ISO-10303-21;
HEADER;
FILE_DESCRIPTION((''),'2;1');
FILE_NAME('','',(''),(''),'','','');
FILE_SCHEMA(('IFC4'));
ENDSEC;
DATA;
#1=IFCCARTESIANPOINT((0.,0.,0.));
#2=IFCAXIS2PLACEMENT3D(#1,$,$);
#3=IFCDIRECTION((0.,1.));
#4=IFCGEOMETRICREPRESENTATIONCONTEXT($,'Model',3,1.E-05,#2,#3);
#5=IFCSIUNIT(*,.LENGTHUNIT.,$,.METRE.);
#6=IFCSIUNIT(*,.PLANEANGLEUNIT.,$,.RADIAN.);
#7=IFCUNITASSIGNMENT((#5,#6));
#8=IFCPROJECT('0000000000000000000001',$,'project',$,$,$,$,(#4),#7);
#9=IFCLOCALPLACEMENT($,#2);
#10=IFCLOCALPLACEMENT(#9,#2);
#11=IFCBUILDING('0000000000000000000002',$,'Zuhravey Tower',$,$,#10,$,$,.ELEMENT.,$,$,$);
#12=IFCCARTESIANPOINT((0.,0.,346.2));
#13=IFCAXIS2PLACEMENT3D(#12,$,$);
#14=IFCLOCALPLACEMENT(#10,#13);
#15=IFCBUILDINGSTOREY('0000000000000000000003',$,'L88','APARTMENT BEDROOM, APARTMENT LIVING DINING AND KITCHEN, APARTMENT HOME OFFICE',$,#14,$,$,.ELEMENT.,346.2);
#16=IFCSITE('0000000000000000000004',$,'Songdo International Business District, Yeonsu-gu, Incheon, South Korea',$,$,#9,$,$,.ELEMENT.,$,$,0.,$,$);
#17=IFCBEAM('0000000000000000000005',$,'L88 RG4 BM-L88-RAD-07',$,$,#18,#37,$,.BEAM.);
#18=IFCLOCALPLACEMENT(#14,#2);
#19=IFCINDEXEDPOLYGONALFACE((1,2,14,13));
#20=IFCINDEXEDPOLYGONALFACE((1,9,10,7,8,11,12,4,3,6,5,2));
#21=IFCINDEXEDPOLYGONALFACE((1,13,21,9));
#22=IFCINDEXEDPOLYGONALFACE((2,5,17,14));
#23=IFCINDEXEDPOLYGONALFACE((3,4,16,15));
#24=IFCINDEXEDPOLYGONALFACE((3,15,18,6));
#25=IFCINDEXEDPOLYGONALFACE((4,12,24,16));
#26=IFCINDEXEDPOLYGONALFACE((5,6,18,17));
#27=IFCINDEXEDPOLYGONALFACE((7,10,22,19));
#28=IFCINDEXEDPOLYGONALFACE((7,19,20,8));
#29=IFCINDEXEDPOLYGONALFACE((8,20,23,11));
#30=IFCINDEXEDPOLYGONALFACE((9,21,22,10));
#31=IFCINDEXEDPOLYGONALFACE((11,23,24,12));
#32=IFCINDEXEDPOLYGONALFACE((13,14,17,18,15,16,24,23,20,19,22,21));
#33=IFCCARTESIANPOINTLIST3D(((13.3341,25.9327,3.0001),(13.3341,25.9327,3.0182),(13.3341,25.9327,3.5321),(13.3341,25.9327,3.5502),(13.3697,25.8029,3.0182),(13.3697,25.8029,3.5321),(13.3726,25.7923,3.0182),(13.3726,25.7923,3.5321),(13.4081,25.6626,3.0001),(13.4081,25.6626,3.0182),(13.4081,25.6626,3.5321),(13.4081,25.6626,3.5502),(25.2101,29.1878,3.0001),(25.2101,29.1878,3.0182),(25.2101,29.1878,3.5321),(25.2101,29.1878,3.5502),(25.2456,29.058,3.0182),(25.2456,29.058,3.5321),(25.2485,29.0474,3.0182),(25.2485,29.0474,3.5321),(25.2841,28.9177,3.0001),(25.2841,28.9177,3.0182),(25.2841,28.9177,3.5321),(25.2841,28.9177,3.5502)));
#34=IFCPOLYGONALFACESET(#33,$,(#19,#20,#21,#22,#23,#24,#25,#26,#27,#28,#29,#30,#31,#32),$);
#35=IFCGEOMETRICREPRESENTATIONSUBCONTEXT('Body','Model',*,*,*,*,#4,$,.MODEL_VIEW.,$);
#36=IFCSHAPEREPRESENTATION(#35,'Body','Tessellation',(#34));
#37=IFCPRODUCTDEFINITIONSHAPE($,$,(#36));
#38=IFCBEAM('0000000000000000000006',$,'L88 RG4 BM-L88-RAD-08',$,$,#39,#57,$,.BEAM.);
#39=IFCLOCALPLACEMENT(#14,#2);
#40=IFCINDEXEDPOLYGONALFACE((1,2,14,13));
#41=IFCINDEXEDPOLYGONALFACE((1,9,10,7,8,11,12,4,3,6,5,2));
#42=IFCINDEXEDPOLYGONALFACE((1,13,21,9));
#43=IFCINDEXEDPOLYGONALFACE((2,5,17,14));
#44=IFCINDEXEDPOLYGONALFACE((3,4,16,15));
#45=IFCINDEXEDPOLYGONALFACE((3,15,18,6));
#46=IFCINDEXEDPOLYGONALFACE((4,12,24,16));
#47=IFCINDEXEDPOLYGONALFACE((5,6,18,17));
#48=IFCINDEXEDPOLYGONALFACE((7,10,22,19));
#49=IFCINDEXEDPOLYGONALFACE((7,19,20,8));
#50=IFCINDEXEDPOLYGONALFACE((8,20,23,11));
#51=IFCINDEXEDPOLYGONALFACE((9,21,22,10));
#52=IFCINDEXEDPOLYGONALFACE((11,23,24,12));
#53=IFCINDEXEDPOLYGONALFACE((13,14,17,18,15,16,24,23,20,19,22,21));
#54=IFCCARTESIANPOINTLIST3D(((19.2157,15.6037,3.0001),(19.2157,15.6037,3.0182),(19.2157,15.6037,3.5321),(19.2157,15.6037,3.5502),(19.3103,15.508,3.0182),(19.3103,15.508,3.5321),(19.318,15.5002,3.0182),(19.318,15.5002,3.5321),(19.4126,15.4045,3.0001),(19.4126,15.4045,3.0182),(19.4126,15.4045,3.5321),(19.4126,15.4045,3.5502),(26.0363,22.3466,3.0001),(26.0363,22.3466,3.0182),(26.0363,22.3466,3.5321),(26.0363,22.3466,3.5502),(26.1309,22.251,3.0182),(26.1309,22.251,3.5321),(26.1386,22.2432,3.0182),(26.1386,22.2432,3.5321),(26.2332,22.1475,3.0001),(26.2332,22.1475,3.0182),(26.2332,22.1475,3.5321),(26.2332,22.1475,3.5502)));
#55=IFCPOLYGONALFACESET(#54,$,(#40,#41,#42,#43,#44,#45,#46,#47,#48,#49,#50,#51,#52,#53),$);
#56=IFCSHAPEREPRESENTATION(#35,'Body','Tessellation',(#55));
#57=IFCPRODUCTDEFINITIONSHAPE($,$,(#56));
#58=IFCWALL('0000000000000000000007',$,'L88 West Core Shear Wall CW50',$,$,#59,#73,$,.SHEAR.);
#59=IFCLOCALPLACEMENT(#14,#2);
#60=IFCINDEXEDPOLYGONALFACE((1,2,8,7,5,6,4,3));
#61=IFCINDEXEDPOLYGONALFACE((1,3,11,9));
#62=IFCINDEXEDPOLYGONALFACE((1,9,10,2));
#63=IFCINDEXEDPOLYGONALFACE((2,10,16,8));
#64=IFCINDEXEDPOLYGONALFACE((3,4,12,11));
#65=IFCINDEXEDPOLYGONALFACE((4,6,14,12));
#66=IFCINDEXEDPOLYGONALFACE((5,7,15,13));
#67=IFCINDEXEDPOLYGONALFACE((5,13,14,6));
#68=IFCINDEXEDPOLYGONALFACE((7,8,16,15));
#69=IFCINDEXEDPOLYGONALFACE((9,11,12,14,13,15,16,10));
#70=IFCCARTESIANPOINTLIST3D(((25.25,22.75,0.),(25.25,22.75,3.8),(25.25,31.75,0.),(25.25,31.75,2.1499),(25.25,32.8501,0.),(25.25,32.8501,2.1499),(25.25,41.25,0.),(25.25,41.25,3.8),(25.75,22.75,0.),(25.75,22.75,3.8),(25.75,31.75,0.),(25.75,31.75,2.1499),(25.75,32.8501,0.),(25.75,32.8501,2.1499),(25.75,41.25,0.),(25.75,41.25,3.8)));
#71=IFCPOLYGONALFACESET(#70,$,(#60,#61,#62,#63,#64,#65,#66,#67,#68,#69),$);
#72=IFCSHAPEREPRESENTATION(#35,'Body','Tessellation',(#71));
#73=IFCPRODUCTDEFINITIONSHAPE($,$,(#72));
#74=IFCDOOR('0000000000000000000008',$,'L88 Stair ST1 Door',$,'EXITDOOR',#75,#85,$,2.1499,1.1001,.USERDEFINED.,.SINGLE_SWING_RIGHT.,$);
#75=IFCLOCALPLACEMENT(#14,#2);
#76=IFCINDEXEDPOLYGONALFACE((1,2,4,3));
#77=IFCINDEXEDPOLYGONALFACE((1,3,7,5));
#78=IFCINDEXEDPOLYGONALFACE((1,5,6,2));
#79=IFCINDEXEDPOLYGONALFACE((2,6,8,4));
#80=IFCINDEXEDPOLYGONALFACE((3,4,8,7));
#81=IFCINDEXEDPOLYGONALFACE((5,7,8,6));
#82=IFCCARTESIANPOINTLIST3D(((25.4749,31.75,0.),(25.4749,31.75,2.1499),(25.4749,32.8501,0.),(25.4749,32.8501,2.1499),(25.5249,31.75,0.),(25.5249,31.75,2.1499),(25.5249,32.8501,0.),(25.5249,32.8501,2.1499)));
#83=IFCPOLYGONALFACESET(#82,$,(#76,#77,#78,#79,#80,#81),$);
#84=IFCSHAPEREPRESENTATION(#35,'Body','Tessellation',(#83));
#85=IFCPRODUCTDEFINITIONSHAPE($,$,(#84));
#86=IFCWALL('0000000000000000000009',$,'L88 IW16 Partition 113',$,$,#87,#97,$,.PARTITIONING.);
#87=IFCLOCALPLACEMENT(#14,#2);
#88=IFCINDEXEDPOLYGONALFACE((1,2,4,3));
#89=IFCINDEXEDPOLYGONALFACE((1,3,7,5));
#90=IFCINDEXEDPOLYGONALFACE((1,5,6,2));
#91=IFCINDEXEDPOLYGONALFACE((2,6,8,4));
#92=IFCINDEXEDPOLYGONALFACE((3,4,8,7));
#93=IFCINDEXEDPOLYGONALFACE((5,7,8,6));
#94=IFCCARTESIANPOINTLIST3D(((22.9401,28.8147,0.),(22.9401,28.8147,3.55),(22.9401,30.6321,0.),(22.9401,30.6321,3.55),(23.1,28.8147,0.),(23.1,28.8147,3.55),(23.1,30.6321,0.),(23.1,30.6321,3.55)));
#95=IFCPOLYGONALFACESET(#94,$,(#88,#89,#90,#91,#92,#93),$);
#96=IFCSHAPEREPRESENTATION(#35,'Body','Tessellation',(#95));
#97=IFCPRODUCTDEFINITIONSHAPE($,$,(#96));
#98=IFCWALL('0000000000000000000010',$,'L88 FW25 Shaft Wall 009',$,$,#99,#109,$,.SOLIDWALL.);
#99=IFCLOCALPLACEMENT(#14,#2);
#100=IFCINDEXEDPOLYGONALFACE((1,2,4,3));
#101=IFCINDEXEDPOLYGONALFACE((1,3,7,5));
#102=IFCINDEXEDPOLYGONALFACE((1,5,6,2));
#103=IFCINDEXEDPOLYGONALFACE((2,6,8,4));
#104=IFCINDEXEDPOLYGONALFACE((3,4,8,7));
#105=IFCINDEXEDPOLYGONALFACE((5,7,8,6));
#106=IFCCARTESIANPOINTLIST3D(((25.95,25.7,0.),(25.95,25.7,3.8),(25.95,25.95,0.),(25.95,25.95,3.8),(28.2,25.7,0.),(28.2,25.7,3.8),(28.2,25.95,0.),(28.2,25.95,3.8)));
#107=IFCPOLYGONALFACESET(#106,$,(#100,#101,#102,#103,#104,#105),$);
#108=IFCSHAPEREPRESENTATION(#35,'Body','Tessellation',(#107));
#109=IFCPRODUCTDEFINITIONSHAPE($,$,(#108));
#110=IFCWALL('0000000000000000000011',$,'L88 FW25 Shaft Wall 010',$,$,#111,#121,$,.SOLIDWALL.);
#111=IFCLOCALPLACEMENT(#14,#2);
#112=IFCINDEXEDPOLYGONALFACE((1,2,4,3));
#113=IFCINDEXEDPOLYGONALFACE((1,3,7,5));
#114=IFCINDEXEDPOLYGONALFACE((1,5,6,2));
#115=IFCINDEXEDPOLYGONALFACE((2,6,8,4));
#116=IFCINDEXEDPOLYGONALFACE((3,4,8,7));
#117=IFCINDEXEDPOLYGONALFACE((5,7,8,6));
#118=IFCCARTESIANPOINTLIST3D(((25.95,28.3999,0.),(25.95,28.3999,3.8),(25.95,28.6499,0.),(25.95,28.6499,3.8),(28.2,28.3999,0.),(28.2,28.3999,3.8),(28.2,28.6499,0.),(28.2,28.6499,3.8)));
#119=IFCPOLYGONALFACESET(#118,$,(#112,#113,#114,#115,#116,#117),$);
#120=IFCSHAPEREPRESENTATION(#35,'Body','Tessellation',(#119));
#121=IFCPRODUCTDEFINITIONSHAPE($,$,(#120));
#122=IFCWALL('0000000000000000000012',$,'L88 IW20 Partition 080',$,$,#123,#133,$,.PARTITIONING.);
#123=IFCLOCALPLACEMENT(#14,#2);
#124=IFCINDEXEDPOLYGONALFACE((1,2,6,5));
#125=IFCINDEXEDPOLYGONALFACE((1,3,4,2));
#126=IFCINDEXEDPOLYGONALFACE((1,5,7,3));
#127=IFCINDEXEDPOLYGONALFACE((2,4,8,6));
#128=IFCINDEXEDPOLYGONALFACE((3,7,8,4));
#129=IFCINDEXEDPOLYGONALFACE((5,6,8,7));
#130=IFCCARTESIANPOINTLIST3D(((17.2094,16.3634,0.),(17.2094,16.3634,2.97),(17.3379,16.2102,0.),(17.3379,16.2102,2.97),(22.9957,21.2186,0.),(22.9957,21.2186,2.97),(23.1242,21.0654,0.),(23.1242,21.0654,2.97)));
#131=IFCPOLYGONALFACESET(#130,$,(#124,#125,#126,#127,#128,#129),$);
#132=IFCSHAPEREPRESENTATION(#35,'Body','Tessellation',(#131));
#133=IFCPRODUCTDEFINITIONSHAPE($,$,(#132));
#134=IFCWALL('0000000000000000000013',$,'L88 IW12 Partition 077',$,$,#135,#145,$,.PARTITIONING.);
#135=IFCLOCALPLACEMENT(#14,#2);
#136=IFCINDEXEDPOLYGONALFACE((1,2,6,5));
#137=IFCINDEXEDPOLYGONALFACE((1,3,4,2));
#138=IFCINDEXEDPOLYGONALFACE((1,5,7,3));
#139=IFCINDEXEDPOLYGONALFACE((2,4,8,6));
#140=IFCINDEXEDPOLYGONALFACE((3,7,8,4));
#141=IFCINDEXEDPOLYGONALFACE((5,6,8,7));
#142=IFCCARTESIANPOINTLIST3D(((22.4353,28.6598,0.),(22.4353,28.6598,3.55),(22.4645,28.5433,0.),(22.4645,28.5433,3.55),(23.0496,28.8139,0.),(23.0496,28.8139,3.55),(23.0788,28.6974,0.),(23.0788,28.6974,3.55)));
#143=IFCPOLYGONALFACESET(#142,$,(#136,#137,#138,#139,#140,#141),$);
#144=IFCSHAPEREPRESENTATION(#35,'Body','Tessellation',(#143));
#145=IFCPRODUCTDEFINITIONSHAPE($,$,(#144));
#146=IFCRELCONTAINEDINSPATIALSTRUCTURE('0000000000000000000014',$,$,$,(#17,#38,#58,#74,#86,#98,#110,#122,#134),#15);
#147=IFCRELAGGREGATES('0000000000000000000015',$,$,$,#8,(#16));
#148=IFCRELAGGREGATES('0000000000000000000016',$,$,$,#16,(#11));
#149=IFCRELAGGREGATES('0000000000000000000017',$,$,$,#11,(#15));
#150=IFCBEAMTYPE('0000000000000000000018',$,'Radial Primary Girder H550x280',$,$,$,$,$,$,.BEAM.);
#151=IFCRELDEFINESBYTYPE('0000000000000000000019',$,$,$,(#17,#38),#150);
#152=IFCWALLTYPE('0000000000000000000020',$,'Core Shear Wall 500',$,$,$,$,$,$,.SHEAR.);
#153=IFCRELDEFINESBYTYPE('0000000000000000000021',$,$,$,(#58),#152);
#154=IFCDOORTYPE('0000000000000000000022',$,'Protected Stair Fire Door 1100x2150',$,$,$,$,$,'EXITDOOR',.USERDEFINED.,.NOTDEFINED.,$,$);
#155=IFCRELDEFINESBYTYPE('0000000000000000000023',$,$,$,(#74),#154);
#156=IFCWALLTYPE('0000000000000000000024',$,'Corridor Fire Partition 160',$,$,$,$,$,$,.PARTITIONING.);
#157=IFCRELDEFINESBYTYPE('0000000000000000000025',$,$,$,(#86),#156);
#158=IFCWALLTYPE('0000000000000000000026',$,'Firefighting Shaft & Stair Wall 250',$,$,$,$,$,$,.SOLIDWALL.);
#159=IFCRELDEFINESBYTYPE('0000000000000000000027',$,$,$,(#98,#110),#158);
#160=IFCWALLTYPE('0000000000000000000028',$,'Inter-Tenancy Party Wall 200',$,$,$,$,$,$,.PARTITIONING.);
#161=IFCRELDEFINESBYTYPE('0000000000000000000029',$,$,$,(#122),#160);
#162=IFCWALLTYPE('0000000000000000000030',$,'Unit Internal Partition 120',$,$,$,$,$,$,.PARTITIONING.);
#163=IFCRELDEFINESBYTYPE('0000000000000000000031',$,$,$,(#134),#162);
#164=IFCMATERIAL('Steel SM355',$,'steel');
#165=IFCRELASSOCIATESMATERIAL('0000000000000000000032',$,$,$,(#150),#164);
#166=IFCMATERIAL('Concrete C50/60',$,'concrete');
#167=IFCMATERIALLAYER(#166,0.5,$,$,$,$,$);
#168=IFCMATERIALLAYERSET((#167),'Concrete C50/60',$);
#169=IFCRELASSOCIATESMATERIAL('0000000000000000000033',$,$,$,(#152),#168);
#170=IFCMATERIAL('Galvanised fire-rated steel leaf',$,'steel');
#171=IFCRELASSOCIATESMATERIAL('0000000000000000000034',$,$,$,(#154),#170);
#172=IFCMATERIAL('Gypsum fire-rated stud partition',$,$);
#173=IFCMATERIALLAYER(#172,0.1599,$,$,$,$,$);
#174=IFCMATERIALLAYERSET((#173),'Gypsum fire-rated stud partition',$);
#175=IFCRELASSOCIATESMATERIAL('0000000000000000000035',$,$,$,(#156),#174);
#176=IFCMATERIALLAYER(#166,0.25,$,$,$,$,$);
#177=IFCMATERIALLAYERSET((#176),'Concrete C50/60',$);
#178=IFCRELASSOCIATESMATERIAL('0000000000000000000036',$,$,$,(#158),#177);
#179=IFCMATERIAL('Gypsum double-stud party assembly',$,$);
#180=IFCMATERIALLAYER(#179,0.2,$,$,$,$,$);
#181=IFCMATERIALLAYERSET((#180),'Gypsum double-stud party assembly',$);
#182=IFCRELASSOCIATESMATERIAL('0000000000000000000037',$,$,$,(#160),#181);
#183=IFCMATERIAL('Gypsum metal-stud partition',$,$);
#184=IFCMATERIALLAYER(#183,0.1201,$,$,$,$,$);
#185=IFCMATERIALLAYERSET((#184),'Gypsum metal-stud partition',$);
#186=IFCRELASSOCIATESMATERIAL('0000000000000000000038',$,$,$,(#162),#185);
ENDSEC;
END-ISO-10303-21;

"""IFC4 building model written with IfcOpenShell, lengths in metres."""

from ifc_helpers import new_model, si_unit, direction, frame, frame_2d, origin, origin_2d, place, context, subcontext, project, spatial, rectangle, i_section, extrude, material, layer, layer_set, material_profile, profile_set, type_object, element, fill, save


model = new_model("IFC4")

# Units and contexts
model_context = context("Model", 3, precision=1e-05, world=origin(), true_north=direction((0.0, 1.0)))
body_context = subcontext(model_context, "Body", "Model", "MODEL_VIEW")
ifc_project = project(units=[si_unit("LENGTHUNIT", "METRE"), si_unit("PLANEANGLEUNIT", "RADIAN")], contexts=[model_context])

# Site, building, storey
site_placement = place(None, origin())
site = spatial("IfcSite", under=ifc_project, at=site_placement, Name="Songdo International Business District, Yeonsu-gu, Incheon, South Korea", CompositionType="ELEMENT", RefElevation=0.0)
building_placement = place(site_placement, origin())
building = spatial("IfcBuilding", under=site, at=building_placement, Name="Zuhravey Tower", CompositionType="ELEMENT")
storey_placement = place(building_placement, frame((0.0, 0.0, 346.2)))
storey = spatial("IfcBuildingStorey", under=building, at=storey_placement, Name="L88", Description="APARTMENT BEDROOM, APARTMENT LIVING DINING AND KITCHEN, APARTMENT HOME OFFICE", CompositionType="ELEMENT", Elevation=346.2)

# Beams
ifc_material_1 = material(Name="Steel SM355", Category="steel")
ifc_material_profile = material_profile(ifc_material_1, i_section(OverallWidth=0.28, OverallDepth=0.55, WebThickness=0.011, FlangeThickness=0.0181, at=origin_2d()), Name="H-550x280x11x18")
ifc_profile_set = profile_set([ifc_material_profile], Name="Steel SM355")
beam_type = type_object("IfcBeamType", Name="Radial Primary Girder H550x280", PredefinedType="BEAM", material=ifc_profile_set)
beam_1_placement = place(storey_placement, frame((25.2471, 29.0527, 3.2751), z_axis=(-0.964429, -0.264344, 0.0), x_axis=(0.264344, -0.964429, 0.0)))
element("IfcBeam", 1, at=beam_1_placement, inside=storey, type_object=beam_type, Name="L88 RG4 BM-L88-RAD-07", PredefinedType="BEAM", context=body_context, shape_type="SweptSolid", body=[
    extrude(i_section(OverallWidth=0.28, OverallDepth=0.55, WebThickness=0.011, FlangeThickness=0.0181, at=origin_2d()), origin(), (0.0, 0.0, 1.0), 12.314),
])
beam_2_placement = place(storey_placement, frame((26.1348, 22.2471, 3.2751), z_axis=(-0.711143, -0.703048, 0.0), x_axis=(0.703048, -0.711143, 0.0)))
element("IfcBeam", 2, at=beam_2_placement, inside=storey, type_object=beam_type, Name="L88 RG4 BM-L88-RAD-08", PredefinedType="BEAM", context=body_context, shape_type="SweptSolid", body=[
    extrude(i_section(OverallWidth=0.28, OverallDepth=0.55, WebThickness=0.011, FlangeThickness=0.0181, at=origin_2d()), origin(), (0.0, 0.0, 1.0), 9.5911),
])

# Wall, opening, door
ifc_material_2 = material(Name="Concrete C50/60", Category="concrete")
ifc_layer_1 = layer(ifc_material_2, 0.5)
ifc_layer_set_1 = layer_set([ifc_layer_1], Name="Concrete C50/60")
wall_type_1 = type_object("IfcWallType", Name="Core Shear Wall 500", PredefinedType="SHEAR", material=ifc_layer_set_1)
ifc_material_3 = material(Name="Galvanised fire-rated steel leaf", Category="steel")
wall_1_placement = place(storey_placement, frame((25.5, 22.75, 0.0), z_axis=(0.0, 0.0, 1.0), x_axis=(0.0, 1.0, 0.0)))
wall_1 = element("IfcWall", 3, at=wall_1_placement, inside=storey, type_object=wall_type_1, Name="L88 West Core Shear Wall CW50", PredefinedType="SHEAR", context=body_context, shape_type="SweptSolid", body=[
    extrude(rectangle(XDim=18.5, YDim=0.5, at=frame_2d((9.25, 0.0))), origin(), (0.0, 0.0, 1.0), 3.8),
])
opening_1_placement = place(wall_1_placement, frame((9.0, 0.0, 0.0)))
opening_1 = element("IfcOpeningElement", 4, at=opening_1_placement, cuts=wall_1, PredefinedType="OPENING", context=body_context, shape_type="SweptSolid", body=[
    extrude(rectangle(XDim=1.1001, YDim=2.1499, at=frame_2d((0.55, 1.075))), frame((0.0, 0.262, 0.0), z_axis=(0.0, -1.0, 0.0), x_axis=(1.0, 0.0, 0.0)), (0.0, 0.0, 1.0), 0.5239),
])
door_type_1 = type_object("IfcDoorType", Name="Protected Stair Fire Door 1100x2150", ElementType="EXITDOOR", OperationType="NOTDEFINED", PredefinedType="USERDEFINED", material=ifc_material_3)
door_1_placement = place(opening_1_placement, frame((1.1001, 0.0, 0.0), z_axis=(0.0, 0.0, 1.0), x_axis=(-1.0, 0.0, 0.0)))
door_1 = element("IfcDoor", 5, at=door_1_placement, inside=storey, type_object=door_type_1, Name="L88 Stair ST1 Door", ObjectType="EXITDOOR", OperationType="SINGLE_SWING_RIGHT", OverallHeight=2.1499, OverallWidth=1.1001, PredefinedType="USERDEFINED", context=body_context, shape_type="SweptSolid", body=[
    extrude(rectangle(XDim=1.1001, YDim=2.1499, at=frame_2d((0.55, 1.075))), frame((0.0, 0.0249, 0.0), z_axis=(0.0, -1.0, 0.0), x_axis=(1.0, 0.0, 0.0)), (0.0, 0.0, 1.0), 0.05),
])
fill(opening_1, door_1)
ifc_material_4 = material(Name="Gypsum fire-rated stud partition")
ifc_layer_2 = layer(ifc_material_4, 0.1599)
ifc_layer_set_2 = layer_set([ifc_layer_2], Name="Gypsum fire-rated stud partition")
wall_type_2 = type_object("IfcWallType", Name="Corridor Fire Partition 160", PredefinedType="PARTITIONING", material=ifc_layer_set_2)

# Wall
wall_2_placement = place(storey_placement, frame((23.02, 30.6321, 0.0), z_axis=(0.0, 0.0, 1.0), x_axis=(0.0, -1.0, 0.0)))
element("IfcWall", 6, at=wall_2_placement, inside=storey, type_object=wall_type_2, Name="L88 IW16 Partition 113", PredefinedType="PARTITIONING", context=body_context, shape_type="SweptSolid", body=[
    extrude(rectangle(XDim=1.8174, YDim=0.1599, at=frame_2d((0.9087, 0.0))), origin(), (0.0, 0.0, 1.0), 3.55),
])

# Shared definitions
ifc_layer_3 = layer(ifc_material_2, 0.25)
ifc_layer_set_3 = layer_set([ifc_layer_3], Name="Concrete C50/60")
wall_type_3 = type_object("IfcWallType", Name="Firefighting Shaft & Stair Wall 250", PredefinedType="SOLIDWALL", material=ifc_layer_set_3)

# Walls
for number, where, z_axis, x_axis, name in (
    (7, (25.95, 25.825, 0.0), (0.0, 0.0, 1.0), (1.0, 0.0, 0.0), "L88 FW25 Shaft Wall 009"),
    (8, (25.95, 28.5249, 0.0), (0.0, 0.0, 1.0), (1.0, 0.0, 0.0), "L88 FW25 Shaft Wall 010"),
):
    element("IfcWall", number, at=place(storey_placement, frame(where, z_axis=z_axis, x_axis=x_axis)), inside=storey, type_object=wall_type_3, Name=name, PredefinedType="SOLIDWALL", context=body_context, shape_type="SweptSolid", body=[
        extrude(rectangle(XDim=2.25, YDim=0.25, at=frame_2d((1.125, 0.0))), origin(), (0.0, 0.0, 1.0), 3.8),
    ])
ifc_material_5 = material(Name="Gypsum double-stud party assembly")
ifc_layer_4 = layer(ifc_material_5, 0.2)
ifc_layer_set_4 = layer_set([ifc_layer_4], Name="Gypsum double-stud party assembly")
wall_type_4 = type_object("IfcWallType", Name="Inter-Tenancy Party Wall 200", PredefinedType="PARTITIONING", material=ifc_layer_set_4)
wall_3_placement = place(storey_placement, frame((23.0601, 21.1421, 0.0), z_axis=(0.0, 0.0, 1.0), x_axis=(-0.766052, -0.642778, 0.0)))
element("IfcWall", 9, at=wall_3_placement, inside=storey, type_object=wall_type_4, Name="L88 IW20 Partition 080", PredefinedType="PARTITIONING", context=body_context, shape_type="SweptSolid", body=[
    extrude(rectangle(XDim=7.5535, YDim=0.2, at=frame_2d((3.7769, 0.0))), origin(), (0.0, 0.0, 1.0), 2.97),
])
ifc_material_6 = material(Name="Gypsum metal-stud partition")
ifc_layer_5 = layer(ifc_material_6, 0.1201)
ifc_layer_set_5 = layer_set([ifc_layer_5], Name="Gypsum metal-stud partition")
wall_type_5 = type_object("IfcWallType", Name="Unit Internal Partition 120", PredefinedType="PARTITIONING", material=ifc_layer_set_5)
wall_4_placement = place(storey_placement, frame((23.0642, 28.7556, 0.0), z_axis=(0.0, 0.0, 1.0), x_axis=(-0.969961, -0.243261, 0.0)))
element("IfcWall", 10, at=wall_4_placement, inside=storey, type_object=wall_type_5, Name="L88 IW12 Partition 077", PredefinedType="PARTITIONING", context=body_context, shape_type="SweptSolid", body=[
    extrude(rectangle(XDim=0.6333, YDim=0.1201, at=frame_2d((0.3167, 0.0))), origin(), (0.0, 0.0, 1.0), 3.55),
])

save(model, "model.ifc")
